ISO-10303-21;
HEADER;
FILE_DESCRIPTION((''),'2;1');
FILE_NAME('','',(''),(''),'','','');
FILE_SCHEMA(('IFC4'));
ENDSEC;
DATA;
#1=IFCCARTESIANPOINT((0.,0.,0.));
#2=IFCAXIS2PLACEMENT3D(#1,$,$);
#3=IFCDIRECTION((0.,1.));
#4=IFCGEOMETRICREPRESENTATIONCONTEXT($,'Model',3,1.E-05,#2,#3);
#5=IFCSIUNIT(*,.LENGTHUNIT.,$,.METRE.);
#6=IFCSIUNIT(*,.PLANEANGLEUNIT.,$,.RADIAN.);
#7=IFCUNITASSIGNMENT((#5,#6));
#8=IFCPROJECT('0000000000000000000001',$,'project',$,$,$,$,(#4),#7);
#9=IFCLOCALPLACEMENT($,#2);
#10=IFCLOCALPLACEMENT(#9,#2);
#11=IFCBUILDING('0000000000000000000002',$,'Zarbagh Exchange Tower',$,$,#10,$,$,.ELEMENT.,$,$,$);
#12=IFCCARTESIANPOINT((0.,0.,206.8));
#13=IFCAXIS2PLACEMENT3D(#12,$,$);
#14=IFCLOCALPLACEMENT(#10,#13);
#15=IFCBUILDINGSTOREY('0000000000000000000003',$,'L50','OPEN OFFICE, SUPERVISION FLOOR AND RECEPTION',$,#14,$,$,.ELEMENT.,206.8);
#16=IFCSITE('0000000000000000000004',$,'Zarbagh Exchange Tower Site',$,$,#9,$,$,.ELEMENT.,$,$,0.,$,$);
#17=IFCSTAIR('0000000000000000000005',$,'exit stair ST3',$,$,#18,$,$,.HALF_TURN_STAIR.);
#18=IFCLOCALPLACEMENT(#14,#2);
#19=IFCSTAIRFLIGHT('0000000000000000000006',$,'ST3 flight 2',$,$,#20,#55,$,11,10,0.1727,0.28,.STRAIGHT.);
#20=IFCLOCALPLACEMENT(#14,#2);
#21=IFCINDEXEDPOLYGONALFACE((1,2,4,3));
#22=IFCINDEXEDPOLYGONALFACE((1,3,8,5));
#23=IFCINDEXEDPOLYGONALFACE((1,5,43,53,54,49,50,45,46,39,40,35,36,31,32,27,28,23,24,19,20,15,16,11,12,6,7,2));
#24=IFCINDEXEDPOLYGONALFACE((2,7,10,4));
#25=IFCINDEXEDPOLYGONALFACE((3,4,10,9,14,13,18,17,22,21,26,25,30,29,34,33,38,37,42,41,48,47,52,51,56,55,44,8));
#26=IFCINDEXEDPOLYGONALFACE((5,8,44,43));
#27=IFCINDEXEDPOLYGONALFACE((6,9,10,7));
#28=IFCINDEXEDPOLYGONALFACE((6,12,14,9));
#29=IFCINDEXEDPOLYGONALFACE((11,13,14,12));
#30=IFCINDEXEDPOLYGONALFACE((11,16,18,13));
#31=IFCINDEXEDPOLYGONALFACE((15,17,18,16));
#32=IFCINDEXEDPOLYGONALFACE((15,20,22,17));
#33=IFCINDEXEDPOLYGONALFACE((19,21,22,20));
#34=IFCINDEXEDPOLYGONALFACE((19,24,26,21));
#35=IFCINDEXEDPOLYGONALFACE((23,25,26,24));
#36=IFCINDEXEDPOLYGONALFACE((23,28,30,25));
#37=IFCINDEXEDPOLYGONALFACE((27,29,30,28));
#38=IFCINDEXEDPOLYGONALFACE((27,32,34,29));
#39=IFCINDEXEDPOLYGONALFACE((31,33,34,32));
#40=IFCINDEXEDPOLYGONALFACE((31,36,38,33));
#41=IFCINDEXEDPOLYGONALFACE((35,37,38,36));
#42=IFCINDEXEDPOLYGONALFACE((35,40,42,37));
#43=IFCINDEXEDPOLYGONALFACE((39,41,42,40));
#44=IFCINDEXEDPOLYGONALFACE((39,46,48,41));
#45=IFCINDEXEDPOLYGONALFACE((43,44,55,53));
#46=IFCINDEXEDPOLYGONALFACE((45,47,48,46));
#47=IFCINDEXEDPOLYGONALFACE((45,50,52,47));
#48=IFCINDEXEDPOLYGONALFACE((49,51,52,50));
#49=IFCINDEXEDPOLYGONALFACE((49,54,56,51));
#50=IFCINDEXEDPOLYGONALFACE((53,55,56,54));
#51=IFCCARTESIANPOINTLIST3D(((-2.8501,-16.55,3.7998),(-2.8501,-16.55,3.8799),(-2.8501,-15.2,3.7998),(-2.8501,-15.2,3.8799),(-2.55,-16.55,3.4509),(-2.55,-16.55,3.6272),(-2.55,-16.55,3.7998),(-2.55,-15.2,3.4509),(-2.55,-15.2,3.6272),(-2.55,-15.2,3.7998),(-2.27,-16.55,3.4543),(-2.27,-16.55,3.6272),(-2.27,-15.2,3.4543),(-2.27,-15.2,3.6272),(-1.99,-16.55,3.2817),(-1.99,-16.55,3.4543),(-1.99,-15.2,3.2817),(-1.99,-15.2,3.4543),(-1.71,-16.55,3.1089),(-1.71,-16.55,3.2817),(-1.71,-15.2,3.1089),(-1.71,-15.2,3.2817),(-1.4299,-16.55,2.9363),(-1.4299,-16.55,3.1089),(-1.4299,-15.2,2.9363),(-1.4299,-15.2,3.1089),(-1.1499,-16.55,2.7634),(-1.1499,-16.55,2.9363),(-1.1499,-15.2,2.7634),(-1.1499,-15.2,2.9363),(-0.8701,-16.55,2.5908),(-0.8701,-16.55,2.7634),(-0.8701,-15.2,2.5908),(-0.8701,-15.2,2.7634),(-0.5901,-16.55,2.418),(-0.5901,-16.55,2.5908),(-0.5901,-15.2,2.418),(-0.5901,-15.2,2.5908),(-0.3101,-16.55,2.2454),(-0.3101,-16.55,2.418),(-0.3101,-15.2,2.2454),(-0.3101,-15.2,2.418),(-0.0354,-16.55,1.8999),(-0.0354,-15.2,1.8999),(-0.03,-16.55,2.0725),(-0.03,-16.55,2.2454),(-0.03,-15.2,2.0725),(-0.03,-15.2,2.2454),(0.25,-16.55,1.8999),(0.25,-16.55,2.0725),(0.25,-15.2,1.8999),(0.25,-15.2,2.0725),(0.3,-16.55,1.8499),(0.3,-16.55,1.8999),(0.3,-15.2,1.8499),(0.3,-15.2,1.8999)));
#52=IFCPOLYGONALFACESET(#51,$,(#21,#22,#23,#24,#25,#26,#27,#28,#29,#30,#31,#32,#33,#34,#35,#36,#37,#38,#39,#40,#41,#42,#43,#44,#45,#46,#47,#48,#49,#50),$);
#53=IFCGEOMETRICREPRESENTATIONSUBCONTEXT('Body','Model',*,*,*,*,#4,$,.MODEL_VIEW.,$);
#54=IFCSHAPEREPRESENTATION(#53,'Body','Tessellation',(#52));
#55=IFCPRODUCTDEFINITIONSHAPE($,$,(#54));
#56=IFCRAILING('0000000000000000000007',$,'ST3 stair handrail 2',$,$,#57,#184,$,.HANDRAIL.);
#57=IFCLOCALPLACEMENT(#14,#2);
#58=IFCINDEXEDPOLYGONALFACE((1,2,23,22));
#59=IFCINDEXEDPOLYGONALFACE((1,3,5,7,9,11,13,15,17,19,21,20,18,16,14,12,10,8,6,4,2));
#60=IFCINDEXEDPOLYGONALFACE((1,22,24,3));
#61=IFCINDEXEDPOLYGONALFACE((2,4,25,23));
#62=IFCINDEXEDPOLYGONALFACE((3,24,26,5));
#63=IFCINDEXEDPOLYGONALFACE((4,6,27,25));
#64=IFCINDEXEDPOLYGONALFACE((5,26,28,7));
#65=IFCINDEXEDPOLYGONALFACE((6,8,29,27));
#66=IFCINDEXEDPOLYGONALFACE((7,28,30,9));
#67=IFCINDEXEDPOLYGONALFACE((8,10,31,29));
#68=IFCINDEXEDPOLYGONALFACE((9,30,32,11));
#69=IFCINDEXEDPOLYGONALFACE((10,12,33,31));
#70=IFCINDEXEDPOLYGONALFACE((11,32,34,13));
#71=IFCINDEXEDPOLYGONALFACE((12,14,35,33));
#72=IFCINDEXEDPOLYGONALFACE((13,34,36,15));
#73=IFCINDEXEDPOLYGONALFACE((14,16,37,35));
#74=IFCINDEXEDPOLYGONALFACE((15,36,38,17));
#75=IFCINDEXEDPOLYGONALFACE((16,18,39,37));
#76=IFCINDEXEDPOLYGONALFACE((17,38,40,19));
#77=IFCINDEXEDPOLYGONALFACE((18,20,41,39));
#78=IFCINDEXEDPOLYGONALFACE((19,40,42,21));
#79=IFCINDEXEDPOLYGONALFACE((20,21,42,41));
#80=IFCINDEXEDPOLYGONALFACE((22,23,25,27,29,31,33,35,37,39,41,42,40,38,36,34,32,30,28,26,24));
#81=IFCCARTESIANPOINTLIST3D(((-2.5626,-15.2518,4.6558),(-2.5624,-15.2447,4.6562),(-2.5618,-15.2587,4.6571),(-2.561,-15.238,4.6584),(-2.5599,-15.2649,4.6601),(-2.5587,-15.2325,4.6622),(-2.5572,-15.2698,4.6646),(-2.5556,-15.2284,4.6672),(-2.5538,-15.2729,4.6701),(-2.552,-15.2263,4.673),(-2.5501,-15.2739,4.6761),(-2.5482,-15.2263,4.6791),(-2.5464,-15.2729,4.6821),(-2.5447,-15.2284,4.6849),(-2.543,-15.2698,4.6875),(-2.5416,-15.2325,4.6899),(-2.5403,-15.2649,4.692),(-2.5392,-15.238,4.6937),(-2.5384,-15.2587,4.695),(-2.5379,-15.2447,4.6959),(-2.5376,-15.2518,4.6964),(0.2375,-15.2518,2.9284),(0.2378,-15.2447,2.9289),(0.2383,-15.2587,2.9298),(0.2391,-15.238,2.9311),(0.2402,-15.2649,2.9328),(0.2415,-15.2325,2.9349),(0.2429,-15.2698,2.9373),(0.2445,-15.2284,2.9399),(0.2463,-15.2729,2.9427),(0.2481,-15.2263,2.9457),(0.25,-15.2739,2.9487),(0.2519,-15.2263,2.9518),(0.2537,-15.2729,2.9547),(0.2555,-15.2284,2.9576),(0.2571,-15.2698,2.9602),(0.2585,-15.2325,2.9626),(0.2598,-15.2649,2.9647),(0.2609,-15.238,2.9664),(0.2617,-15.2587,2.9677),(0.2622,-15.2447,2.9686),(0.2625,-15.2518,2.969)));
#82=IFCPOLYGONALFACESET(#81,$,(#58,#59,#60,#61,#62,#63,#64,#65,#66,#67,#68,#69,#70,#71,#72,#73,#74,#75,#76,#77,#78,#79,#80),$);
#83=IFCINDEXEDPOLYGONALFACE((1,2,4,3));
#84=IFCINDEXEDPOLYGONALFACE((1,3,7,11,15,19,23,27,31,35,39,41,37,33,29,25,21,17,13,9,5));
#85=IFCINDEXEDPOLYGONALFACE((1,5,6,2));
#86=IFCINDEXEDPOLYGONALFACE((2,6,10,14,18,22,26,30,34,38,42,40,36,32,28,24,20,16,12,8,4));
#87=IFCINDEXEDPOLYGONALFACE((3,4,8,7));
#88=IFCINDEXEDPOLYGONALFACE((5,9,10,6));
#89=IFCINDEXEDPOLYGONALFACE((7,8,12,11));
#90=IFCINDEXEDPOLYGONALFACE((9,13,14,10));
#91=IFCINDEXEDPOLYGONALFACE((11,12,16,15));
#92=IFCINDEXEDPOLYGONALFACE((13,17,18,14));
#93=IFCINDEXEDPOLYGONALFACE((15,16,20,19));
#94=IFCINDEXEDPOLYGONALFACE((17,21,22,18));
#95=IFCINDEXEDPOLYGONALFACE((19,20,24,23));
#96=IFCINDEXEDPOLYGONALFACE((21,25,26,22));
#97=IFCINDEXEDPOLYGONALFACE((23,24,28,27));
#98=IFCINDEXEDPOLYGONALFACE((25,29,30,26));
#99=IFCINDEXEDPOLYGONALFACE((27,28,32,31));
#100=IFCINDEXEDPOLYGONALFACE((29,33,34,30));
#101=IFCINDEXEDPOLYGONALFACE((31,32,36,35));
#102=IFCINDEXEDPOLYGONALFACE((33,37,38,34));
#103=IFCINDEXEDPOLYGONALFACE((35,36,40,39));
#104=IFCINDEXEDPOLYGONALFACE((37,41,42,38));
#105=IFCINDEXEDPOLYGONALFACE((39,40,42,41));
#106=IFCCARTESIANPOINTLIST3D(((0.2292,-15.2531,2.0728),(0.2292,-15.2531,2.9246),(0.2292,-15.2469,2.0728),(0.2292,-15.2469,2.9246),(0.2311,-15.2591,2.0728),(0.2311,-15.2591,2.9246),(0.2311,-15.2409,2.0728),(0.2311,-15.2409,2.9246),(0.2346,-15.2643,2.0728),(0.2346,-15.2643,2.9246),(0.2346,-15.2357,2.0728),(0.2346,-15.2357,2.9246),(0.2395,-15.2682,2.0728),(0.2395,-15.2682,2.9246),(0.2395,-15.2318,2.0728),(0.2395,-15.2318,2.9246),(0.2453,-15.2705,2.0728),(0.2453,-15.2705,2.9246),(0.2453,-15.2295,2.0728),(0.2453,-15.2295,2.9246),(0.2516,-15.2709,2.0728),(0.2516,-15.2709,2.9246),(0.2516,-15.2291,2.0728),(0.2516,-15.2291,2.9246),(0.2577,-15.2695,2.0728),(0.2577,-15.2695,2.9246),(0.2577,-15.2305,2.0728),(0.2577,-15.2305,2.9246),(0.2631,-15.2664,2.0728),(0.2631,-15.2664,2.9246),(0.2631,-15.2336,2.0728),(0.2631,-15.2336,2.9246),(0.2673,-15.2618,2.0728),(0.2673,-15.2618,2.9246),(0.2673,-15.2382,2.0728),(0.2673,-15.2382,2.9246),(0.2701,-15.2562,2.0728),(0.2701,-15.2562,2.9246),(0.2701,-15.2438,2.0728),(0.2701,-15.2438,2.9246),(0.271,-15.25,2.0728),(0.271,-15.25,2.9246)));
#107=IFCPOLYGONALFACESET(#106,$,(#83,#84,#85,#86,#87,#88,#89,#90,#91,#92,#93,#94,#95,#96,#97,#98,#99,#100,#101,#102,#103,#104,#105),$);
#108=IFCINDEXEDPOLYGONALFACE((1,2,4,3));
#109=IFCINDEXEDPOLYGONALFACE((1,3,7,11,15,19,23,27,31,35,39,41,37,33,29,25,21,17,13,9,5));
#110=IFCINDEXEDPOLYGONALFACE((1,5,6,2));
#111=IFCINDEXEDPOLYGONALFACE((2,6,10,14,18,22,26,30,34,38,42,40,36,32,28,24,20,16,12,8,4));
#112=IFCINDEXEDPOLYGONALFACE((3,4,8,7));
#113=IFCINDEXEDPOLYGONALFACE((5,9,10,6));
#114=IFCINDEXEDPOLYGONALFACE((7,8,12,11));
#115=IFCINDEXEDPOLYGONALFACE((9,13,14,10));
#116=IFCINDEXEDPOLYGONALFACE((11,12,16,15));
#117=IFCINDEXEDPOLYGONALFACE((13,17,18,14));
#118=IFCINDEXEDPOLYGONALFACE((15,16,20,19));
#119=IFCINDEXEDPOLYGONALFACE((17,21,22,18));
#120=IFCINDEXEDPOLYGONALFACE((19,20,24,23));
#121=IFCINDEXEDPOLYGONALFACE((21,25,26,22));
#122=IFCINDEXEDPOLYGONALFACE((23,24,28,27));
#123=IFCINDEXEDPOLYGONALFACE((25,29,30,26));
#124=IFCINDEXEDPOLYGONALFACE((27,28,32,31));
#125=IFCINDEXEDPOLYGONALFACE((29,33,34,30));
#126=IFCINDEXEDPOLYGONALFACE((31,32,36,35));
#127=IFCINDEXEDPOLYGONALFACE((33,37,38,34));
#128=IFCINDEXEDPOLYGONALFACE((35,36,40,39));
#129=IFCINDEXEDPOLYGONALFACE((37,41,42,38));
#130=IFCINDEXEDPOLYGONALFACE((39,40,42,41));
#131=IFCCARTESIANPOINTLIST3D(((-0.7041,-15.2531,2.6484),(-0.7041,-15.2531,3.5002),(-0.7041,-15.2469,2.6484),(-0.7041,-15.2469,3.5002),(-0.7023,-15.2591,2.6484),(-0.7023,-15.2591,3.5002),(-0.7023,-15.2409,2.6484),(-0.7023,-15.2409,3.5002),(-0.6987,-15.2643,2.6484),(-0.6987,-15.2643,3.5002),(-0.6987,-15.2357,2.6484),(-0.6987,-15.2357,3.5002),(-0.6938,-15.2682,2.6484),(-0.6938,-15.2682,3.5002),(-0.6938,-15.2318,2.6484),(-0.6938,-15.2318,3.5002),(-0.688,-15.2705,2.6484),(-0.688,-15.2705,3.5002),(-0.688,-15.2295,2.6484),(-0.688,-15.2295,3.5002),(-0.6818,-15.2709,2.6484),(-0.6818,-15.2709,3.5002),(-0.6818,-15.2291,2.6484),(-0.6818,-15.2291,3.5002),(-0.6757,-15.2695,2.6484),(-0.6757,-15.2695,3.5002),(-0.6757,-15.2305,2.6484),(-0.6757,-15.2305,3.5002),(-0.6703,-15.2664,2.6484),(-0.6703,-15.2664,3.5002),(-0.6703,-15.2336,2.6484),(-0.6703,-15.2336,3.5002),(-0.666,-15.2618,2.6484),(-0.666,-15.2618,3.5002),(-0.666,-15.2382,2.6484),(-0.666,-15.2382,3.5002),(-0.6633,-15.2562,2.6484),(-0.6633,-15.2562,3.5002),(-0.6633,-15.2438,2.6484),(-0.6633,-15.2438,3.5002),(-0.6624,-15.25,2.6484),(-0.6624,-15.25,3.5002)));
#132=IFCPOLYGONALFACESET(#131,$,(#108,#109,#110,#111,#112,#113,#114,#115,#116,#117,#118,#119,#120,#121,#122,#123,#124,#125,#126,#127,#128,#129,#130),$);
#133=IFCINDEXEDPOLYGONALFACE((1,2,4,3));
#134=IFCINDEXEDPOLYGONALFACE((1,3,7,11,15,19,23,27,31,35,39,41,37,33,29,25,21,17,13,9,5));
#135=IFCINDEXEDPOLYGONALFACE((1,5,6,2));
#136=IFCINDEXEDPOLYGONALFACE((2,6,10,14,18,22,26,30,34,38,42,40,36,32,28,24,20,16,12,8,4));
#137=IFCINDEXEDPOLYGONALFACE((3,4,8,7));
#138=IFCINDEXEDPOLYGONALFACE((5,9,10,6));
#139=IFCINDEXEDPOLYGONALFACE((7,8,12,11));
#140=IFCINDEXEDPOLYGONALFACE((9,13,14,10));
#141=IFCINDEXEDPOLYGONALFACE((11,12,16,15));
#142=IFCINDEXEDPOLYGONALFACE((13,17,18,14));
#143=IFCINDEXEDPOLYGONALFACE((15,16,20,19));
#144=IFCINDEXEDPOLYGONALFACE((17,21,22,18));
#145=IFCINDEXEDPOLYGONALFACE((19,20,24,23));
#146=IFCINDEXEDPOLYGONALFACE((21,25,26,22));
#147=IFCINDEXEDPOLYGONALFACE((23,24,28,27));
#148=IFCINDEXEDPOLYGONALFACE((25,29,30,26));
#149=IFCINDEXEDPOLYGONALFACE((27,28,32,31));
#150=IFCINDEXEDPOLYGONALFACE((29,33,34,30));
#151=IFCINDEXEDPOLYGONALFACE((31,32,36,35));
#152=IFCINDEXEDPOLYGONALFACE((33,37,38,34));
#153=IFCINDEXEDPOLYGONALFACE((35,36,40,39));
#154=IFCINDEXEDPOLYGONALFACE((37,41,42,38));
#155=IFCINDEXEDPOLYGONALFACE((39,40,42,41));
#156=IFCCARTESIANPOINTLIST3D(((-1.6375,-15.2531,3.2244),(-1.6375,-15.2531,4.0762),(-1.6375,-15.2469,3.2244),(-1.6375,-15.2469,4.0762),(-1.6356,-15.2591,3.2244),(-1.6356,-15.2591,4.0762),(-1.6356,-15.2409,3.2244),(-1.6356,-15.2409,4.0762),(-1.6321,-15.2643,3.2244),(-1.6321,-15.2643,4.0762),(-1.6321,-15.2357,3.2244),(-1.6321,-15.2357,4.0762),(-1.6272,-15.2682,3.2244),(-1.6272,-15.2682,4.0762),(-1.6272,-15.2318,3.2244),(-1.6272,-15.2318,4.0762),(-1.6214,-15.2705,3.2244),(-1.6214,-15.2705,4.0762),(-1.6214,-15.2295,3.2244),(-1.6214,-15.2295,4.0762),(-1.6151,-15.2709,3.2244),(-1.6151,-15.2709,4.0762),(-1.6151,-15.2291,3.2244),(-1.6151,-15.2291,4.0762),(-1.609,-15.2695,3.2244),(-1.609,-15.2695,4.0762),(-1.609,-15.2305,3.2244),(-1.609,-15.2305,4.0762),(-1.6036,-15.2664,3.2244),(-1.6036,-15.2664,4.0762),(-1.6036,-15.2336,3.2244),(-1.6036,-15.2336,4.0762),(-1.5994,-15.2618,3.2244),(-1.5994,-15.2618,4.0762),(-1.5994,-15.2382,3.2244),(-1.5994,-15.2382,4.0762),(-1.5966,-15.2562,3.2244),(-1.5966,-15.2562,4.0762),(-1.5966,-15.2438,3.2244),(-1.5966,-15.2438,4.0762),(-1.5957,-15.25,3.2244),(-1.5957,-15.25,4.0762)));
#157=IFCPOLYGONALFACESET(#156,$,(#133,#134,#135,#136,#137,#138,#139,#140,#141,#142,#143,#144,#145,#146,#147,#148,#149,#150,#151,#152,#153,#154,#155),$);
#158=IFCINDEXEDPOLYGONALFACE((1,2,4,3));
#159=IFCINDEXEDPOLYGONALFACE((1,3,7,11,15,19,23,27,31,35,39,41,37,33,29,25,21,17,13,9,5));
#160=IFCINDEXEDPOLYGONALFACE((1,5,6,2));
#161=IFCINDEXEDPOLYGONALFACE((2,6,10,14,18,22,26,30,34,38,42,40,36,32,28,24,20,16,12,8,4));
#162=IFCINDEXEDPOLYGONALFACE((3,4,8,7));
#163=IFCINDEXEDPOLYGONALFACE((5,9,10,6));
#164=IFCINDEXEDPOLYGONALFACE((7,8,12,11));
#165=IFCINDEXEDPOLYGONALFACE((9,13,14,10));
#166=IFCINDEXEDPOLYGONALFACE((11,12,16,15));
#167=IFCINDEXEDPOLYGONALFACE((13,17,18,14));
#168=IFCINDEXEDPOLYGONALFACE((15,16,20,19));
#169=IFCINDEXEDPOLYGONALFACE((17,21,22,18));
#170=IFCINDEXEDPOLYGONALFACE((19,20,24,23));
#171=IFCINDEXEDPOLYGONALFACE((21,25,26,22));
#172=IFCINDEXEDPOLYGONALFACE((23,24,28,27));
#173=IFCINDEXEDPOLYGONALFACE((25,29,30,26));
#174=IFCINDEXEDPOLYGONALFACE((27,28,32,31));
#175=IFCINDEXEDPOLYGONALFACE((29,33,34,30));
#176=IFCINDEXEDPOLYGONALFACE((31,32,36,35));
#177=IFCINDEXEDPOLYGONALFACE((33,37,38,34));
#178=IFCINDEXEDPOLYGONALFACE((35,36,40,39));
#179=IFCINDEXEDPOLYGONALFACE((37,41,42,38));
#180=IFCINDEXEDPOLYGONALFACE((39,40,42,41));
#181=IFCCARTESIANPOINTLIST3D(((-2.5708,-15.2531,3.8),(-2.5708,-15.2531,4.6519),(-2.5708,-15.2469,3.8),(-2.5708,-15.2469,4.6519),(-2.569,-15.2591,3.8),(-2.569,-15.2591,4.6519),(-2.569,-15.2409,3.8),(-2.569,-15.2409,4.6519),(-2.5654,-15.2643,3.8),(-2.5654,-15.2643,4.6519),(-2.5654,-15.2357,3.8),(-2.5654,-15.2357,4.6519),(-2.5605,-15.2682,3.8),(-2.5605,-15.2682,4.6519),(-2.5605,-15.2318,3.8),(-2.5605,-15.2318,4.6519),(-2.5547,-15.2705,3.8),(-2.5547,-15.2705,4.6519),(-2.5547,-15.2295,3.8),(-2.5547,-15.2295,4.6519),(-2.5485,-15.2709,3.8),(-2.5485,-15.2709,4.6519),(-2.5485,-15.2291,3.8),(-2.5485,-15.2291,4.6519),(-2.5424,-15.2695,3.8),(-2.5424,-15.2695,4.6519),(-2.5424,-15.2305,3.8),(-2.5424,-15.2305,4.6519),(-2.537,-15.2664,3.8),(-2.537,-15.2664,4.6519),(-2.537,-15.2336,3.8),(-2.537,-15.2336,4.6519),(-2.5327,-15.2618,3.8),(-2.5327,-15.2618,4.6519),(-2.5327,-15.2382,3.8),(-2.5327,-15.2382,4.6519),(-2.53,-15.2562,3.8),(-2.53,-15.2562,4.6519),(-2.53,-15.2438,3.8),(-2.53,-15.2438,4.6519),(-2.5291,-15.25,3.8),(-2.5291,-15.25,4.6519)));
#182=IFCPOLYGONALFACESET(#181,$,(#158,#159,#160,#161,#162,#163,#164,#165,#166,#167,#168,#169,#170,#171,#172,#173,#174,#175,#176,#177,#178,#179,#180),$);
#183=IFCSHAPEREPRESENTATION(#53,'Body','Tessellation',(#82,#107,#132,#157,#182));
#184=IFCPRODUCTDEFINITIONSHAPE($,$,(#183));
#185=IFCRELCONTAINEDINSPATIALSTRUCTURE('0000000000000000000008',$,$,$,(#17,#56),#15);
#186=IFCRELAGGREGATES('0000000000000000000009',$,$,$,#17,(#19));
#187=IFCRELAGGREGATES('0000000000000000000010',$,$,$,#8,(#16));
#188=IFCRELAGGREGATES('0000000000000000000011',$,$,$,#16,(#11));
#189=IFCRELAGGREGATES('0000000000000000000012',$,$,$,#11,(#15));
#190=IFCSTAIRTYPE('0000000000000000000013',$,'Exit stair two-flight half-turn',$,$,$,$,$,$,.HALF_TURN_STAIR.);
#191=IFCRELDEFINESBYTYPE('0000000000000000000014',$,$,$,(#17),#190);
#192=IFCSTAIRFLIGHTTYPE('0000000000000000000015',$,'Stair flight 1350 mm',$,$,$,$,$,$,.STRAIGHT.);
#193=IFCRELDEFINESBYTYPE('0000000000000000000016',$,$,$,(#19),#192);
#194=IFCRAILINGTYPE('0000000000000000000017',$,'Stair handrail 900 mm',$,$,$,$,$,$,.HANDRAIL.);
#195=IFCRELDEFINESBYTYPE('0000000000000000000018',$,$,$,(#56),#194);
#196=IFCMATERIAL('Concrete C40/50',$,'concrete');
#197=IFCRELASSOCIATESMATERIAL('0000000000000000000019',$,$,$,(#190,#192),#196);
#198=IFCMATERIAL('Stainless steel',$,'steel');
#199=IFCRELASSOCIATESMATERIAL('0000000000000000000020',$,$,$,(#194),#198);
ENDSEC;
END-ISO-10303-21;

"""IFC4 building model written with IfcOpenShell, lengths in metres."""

from ifc_helpers import new_model, si_unit, direction, frame, origin, origin_2d, place, context, subcontext, project, spatial, polyline, circle, outline, extrude, material, type_object, element, aggregate, save


model = new_model("IFC4")

# Units and contexts
model_context = context("Model", 3, precision=1e-05, world=origin(), true_north=direction((0.0, 1.0)))
body_context = subcontext(model_context, "Body", "Model", "MODEL_VIEW")
ifc_project = project(units=[si_unit("LENGTHUNIT", "METRE"), si_unit("PLANEANGLEUNIT", "RADIAN")], contexts=[model_context])

# Site, building, storey
site_placement = place(None, origin())
site = spatial("IfcSite", under=ifc_project, at=site_placement, Name="Zarbagh Exchange Tower Site", CompositionType="ELEMENT", RefElevation=0.0)
building_placement = place(site_placement, origin())
building = spatial("IfcBuilding", under=site, at=building_placement, Name="Zarbagh Exchange Tower", CompositionType="ELEMENT")
storey_placement = place(building_placement, frame((0.0, 0.0, 206.8)))
storey = spatial("IfcBuildingStorey", under=building, at=storey_placement, Name="L50", Description="OPEN OFFICE, SUPERVISION FLOOR AND RECEPTION", CompositionType="ELEMENT", Elevation=206.8)

# Shared definitions
ifc_material_1 = material(Name="Stainless steel", Category="steel")

# Stair, stair flight
ifc_material_2 = material(Name="Concrete C40/50", Category="concrete")
stair_type = type_object("IfcStairType", Name="Exit stair two-flight half-turn", PredefinedType="HALF_TURN_STAIR", material=ifc_material_2)
stair_placement = place(storey_placement, origin())
stair = element("IfcStair", 1, at=stair_placement, inside=storey, type_object=stair_type, Name="exit stair ST3", PredefinedType="HALF_TURN_STAIR")
stair_flight_type = type_object("IfcStairFlightType", Name="Stair flight 1350 mm", PredefinedType="STRAIGHT", material=ifc_material_2)
stair_flight_placement = place(storey_placement, frame((0.25, -15.875, 1.8999), z_axis=(0.0, 0.0, 1.0), x_axis=(-1.0, 0.0, 0.0)))
stair_flight = element("IfcStairFlight", 2, at=stair_flight_placement, type_object=stair_flight_type, Name="ST3 flight 2", NumberOfRisers=11, NumberOfTreads=10, PredefinedType="STRAIGHT", RiserHeight=0.1727, TreadLength=0.28, context=body_context, shape_type="SweptSolid", body=[
    extrude(outline(polyline([(-0.05, -0.05), (-0.05, 0.0), (0.0, 0.0), (0.0, 0.1726), (0.28, 0.1726), (0.28, 0.3455), (0.5601, 0.3455), (0.5601, 0.5181), (0.8401, 0.5181), (0.8401, 0.6909), (1.1201, 0.6909), (1.1201, 0.8635), (1.3999, 0.8635), (1.3999, 1.0364), (1.6799, 1.0364), (1.6799, 1.209), (1.96, 1.209), (1.96, 1.3818), (2.24, 1.3818), (2.24, 1.5544), (2.52, 1.5544), (2.52, 1.7273), (2.8, 1.7273), (2.8, 1.8999), (3.1001, 1.98), (3.1001, 1.8999), (2.8, 1.551), (0.2854, 0.0), (-0.05, -0.05)])), frame((0.0, 0.675, 0.0), z_axis=(0.0, -1.0, 0.0), x_axis=(1.0, 0.0, 0.0)), (0.0, 0.0, 1.0), 1.3501),
])
aggregate(stair, [stair_flight])

# Railing
railing_type = type_object("IfcRailingType", Name="Stair handrail 900 mm", PredefinedType="HANDRAIL", material=ifc_material_1)
railing_placement = place(storey_placement, frame((0.25, -15.25, 2.0728)))
element("IfcRailing", 3, at=railing_placement, inside=storey, type_object=railing_type, Name="ST3 stair handrail 2", PredefinedType="HANDRAIL", context=body_context, shape_type="SweptSolid", body=[
    extrude(circle(Radius=0.0239, at=origin_2d()), frame((0.0, 0.0, 0.876), z_axis=(-0.85109, 0.0, 0.52502), x_axis=(0.0, -1.0, 0.0)), (0.0, 0.0, 1.0), 3.29),
    extrude(circle(Radius=0.021, at=origin_2d()), origin(), (0.0, 0.0, 1.0), 0.8518),
    extrude(circle(Radius=0.021, at=origin_2d()), frame((-0.9333, 0.0, 0.5757)), (0.0, 0.0, 1.0), 0.8518),
    extrude(circle(Radius=0.021, at=origin_2d()), frame((-1.8667, 0.0, 1.1516)), (0.0, 0.0, 1.0), 0.8518),
    extrude(circle(Radius=0.021, at=origin_2d()), frame((-2.8, 0.0, 1.7273)), (0.0, 0.0, 1.0), 0.8518),
])

save(model, "model.ifc")
